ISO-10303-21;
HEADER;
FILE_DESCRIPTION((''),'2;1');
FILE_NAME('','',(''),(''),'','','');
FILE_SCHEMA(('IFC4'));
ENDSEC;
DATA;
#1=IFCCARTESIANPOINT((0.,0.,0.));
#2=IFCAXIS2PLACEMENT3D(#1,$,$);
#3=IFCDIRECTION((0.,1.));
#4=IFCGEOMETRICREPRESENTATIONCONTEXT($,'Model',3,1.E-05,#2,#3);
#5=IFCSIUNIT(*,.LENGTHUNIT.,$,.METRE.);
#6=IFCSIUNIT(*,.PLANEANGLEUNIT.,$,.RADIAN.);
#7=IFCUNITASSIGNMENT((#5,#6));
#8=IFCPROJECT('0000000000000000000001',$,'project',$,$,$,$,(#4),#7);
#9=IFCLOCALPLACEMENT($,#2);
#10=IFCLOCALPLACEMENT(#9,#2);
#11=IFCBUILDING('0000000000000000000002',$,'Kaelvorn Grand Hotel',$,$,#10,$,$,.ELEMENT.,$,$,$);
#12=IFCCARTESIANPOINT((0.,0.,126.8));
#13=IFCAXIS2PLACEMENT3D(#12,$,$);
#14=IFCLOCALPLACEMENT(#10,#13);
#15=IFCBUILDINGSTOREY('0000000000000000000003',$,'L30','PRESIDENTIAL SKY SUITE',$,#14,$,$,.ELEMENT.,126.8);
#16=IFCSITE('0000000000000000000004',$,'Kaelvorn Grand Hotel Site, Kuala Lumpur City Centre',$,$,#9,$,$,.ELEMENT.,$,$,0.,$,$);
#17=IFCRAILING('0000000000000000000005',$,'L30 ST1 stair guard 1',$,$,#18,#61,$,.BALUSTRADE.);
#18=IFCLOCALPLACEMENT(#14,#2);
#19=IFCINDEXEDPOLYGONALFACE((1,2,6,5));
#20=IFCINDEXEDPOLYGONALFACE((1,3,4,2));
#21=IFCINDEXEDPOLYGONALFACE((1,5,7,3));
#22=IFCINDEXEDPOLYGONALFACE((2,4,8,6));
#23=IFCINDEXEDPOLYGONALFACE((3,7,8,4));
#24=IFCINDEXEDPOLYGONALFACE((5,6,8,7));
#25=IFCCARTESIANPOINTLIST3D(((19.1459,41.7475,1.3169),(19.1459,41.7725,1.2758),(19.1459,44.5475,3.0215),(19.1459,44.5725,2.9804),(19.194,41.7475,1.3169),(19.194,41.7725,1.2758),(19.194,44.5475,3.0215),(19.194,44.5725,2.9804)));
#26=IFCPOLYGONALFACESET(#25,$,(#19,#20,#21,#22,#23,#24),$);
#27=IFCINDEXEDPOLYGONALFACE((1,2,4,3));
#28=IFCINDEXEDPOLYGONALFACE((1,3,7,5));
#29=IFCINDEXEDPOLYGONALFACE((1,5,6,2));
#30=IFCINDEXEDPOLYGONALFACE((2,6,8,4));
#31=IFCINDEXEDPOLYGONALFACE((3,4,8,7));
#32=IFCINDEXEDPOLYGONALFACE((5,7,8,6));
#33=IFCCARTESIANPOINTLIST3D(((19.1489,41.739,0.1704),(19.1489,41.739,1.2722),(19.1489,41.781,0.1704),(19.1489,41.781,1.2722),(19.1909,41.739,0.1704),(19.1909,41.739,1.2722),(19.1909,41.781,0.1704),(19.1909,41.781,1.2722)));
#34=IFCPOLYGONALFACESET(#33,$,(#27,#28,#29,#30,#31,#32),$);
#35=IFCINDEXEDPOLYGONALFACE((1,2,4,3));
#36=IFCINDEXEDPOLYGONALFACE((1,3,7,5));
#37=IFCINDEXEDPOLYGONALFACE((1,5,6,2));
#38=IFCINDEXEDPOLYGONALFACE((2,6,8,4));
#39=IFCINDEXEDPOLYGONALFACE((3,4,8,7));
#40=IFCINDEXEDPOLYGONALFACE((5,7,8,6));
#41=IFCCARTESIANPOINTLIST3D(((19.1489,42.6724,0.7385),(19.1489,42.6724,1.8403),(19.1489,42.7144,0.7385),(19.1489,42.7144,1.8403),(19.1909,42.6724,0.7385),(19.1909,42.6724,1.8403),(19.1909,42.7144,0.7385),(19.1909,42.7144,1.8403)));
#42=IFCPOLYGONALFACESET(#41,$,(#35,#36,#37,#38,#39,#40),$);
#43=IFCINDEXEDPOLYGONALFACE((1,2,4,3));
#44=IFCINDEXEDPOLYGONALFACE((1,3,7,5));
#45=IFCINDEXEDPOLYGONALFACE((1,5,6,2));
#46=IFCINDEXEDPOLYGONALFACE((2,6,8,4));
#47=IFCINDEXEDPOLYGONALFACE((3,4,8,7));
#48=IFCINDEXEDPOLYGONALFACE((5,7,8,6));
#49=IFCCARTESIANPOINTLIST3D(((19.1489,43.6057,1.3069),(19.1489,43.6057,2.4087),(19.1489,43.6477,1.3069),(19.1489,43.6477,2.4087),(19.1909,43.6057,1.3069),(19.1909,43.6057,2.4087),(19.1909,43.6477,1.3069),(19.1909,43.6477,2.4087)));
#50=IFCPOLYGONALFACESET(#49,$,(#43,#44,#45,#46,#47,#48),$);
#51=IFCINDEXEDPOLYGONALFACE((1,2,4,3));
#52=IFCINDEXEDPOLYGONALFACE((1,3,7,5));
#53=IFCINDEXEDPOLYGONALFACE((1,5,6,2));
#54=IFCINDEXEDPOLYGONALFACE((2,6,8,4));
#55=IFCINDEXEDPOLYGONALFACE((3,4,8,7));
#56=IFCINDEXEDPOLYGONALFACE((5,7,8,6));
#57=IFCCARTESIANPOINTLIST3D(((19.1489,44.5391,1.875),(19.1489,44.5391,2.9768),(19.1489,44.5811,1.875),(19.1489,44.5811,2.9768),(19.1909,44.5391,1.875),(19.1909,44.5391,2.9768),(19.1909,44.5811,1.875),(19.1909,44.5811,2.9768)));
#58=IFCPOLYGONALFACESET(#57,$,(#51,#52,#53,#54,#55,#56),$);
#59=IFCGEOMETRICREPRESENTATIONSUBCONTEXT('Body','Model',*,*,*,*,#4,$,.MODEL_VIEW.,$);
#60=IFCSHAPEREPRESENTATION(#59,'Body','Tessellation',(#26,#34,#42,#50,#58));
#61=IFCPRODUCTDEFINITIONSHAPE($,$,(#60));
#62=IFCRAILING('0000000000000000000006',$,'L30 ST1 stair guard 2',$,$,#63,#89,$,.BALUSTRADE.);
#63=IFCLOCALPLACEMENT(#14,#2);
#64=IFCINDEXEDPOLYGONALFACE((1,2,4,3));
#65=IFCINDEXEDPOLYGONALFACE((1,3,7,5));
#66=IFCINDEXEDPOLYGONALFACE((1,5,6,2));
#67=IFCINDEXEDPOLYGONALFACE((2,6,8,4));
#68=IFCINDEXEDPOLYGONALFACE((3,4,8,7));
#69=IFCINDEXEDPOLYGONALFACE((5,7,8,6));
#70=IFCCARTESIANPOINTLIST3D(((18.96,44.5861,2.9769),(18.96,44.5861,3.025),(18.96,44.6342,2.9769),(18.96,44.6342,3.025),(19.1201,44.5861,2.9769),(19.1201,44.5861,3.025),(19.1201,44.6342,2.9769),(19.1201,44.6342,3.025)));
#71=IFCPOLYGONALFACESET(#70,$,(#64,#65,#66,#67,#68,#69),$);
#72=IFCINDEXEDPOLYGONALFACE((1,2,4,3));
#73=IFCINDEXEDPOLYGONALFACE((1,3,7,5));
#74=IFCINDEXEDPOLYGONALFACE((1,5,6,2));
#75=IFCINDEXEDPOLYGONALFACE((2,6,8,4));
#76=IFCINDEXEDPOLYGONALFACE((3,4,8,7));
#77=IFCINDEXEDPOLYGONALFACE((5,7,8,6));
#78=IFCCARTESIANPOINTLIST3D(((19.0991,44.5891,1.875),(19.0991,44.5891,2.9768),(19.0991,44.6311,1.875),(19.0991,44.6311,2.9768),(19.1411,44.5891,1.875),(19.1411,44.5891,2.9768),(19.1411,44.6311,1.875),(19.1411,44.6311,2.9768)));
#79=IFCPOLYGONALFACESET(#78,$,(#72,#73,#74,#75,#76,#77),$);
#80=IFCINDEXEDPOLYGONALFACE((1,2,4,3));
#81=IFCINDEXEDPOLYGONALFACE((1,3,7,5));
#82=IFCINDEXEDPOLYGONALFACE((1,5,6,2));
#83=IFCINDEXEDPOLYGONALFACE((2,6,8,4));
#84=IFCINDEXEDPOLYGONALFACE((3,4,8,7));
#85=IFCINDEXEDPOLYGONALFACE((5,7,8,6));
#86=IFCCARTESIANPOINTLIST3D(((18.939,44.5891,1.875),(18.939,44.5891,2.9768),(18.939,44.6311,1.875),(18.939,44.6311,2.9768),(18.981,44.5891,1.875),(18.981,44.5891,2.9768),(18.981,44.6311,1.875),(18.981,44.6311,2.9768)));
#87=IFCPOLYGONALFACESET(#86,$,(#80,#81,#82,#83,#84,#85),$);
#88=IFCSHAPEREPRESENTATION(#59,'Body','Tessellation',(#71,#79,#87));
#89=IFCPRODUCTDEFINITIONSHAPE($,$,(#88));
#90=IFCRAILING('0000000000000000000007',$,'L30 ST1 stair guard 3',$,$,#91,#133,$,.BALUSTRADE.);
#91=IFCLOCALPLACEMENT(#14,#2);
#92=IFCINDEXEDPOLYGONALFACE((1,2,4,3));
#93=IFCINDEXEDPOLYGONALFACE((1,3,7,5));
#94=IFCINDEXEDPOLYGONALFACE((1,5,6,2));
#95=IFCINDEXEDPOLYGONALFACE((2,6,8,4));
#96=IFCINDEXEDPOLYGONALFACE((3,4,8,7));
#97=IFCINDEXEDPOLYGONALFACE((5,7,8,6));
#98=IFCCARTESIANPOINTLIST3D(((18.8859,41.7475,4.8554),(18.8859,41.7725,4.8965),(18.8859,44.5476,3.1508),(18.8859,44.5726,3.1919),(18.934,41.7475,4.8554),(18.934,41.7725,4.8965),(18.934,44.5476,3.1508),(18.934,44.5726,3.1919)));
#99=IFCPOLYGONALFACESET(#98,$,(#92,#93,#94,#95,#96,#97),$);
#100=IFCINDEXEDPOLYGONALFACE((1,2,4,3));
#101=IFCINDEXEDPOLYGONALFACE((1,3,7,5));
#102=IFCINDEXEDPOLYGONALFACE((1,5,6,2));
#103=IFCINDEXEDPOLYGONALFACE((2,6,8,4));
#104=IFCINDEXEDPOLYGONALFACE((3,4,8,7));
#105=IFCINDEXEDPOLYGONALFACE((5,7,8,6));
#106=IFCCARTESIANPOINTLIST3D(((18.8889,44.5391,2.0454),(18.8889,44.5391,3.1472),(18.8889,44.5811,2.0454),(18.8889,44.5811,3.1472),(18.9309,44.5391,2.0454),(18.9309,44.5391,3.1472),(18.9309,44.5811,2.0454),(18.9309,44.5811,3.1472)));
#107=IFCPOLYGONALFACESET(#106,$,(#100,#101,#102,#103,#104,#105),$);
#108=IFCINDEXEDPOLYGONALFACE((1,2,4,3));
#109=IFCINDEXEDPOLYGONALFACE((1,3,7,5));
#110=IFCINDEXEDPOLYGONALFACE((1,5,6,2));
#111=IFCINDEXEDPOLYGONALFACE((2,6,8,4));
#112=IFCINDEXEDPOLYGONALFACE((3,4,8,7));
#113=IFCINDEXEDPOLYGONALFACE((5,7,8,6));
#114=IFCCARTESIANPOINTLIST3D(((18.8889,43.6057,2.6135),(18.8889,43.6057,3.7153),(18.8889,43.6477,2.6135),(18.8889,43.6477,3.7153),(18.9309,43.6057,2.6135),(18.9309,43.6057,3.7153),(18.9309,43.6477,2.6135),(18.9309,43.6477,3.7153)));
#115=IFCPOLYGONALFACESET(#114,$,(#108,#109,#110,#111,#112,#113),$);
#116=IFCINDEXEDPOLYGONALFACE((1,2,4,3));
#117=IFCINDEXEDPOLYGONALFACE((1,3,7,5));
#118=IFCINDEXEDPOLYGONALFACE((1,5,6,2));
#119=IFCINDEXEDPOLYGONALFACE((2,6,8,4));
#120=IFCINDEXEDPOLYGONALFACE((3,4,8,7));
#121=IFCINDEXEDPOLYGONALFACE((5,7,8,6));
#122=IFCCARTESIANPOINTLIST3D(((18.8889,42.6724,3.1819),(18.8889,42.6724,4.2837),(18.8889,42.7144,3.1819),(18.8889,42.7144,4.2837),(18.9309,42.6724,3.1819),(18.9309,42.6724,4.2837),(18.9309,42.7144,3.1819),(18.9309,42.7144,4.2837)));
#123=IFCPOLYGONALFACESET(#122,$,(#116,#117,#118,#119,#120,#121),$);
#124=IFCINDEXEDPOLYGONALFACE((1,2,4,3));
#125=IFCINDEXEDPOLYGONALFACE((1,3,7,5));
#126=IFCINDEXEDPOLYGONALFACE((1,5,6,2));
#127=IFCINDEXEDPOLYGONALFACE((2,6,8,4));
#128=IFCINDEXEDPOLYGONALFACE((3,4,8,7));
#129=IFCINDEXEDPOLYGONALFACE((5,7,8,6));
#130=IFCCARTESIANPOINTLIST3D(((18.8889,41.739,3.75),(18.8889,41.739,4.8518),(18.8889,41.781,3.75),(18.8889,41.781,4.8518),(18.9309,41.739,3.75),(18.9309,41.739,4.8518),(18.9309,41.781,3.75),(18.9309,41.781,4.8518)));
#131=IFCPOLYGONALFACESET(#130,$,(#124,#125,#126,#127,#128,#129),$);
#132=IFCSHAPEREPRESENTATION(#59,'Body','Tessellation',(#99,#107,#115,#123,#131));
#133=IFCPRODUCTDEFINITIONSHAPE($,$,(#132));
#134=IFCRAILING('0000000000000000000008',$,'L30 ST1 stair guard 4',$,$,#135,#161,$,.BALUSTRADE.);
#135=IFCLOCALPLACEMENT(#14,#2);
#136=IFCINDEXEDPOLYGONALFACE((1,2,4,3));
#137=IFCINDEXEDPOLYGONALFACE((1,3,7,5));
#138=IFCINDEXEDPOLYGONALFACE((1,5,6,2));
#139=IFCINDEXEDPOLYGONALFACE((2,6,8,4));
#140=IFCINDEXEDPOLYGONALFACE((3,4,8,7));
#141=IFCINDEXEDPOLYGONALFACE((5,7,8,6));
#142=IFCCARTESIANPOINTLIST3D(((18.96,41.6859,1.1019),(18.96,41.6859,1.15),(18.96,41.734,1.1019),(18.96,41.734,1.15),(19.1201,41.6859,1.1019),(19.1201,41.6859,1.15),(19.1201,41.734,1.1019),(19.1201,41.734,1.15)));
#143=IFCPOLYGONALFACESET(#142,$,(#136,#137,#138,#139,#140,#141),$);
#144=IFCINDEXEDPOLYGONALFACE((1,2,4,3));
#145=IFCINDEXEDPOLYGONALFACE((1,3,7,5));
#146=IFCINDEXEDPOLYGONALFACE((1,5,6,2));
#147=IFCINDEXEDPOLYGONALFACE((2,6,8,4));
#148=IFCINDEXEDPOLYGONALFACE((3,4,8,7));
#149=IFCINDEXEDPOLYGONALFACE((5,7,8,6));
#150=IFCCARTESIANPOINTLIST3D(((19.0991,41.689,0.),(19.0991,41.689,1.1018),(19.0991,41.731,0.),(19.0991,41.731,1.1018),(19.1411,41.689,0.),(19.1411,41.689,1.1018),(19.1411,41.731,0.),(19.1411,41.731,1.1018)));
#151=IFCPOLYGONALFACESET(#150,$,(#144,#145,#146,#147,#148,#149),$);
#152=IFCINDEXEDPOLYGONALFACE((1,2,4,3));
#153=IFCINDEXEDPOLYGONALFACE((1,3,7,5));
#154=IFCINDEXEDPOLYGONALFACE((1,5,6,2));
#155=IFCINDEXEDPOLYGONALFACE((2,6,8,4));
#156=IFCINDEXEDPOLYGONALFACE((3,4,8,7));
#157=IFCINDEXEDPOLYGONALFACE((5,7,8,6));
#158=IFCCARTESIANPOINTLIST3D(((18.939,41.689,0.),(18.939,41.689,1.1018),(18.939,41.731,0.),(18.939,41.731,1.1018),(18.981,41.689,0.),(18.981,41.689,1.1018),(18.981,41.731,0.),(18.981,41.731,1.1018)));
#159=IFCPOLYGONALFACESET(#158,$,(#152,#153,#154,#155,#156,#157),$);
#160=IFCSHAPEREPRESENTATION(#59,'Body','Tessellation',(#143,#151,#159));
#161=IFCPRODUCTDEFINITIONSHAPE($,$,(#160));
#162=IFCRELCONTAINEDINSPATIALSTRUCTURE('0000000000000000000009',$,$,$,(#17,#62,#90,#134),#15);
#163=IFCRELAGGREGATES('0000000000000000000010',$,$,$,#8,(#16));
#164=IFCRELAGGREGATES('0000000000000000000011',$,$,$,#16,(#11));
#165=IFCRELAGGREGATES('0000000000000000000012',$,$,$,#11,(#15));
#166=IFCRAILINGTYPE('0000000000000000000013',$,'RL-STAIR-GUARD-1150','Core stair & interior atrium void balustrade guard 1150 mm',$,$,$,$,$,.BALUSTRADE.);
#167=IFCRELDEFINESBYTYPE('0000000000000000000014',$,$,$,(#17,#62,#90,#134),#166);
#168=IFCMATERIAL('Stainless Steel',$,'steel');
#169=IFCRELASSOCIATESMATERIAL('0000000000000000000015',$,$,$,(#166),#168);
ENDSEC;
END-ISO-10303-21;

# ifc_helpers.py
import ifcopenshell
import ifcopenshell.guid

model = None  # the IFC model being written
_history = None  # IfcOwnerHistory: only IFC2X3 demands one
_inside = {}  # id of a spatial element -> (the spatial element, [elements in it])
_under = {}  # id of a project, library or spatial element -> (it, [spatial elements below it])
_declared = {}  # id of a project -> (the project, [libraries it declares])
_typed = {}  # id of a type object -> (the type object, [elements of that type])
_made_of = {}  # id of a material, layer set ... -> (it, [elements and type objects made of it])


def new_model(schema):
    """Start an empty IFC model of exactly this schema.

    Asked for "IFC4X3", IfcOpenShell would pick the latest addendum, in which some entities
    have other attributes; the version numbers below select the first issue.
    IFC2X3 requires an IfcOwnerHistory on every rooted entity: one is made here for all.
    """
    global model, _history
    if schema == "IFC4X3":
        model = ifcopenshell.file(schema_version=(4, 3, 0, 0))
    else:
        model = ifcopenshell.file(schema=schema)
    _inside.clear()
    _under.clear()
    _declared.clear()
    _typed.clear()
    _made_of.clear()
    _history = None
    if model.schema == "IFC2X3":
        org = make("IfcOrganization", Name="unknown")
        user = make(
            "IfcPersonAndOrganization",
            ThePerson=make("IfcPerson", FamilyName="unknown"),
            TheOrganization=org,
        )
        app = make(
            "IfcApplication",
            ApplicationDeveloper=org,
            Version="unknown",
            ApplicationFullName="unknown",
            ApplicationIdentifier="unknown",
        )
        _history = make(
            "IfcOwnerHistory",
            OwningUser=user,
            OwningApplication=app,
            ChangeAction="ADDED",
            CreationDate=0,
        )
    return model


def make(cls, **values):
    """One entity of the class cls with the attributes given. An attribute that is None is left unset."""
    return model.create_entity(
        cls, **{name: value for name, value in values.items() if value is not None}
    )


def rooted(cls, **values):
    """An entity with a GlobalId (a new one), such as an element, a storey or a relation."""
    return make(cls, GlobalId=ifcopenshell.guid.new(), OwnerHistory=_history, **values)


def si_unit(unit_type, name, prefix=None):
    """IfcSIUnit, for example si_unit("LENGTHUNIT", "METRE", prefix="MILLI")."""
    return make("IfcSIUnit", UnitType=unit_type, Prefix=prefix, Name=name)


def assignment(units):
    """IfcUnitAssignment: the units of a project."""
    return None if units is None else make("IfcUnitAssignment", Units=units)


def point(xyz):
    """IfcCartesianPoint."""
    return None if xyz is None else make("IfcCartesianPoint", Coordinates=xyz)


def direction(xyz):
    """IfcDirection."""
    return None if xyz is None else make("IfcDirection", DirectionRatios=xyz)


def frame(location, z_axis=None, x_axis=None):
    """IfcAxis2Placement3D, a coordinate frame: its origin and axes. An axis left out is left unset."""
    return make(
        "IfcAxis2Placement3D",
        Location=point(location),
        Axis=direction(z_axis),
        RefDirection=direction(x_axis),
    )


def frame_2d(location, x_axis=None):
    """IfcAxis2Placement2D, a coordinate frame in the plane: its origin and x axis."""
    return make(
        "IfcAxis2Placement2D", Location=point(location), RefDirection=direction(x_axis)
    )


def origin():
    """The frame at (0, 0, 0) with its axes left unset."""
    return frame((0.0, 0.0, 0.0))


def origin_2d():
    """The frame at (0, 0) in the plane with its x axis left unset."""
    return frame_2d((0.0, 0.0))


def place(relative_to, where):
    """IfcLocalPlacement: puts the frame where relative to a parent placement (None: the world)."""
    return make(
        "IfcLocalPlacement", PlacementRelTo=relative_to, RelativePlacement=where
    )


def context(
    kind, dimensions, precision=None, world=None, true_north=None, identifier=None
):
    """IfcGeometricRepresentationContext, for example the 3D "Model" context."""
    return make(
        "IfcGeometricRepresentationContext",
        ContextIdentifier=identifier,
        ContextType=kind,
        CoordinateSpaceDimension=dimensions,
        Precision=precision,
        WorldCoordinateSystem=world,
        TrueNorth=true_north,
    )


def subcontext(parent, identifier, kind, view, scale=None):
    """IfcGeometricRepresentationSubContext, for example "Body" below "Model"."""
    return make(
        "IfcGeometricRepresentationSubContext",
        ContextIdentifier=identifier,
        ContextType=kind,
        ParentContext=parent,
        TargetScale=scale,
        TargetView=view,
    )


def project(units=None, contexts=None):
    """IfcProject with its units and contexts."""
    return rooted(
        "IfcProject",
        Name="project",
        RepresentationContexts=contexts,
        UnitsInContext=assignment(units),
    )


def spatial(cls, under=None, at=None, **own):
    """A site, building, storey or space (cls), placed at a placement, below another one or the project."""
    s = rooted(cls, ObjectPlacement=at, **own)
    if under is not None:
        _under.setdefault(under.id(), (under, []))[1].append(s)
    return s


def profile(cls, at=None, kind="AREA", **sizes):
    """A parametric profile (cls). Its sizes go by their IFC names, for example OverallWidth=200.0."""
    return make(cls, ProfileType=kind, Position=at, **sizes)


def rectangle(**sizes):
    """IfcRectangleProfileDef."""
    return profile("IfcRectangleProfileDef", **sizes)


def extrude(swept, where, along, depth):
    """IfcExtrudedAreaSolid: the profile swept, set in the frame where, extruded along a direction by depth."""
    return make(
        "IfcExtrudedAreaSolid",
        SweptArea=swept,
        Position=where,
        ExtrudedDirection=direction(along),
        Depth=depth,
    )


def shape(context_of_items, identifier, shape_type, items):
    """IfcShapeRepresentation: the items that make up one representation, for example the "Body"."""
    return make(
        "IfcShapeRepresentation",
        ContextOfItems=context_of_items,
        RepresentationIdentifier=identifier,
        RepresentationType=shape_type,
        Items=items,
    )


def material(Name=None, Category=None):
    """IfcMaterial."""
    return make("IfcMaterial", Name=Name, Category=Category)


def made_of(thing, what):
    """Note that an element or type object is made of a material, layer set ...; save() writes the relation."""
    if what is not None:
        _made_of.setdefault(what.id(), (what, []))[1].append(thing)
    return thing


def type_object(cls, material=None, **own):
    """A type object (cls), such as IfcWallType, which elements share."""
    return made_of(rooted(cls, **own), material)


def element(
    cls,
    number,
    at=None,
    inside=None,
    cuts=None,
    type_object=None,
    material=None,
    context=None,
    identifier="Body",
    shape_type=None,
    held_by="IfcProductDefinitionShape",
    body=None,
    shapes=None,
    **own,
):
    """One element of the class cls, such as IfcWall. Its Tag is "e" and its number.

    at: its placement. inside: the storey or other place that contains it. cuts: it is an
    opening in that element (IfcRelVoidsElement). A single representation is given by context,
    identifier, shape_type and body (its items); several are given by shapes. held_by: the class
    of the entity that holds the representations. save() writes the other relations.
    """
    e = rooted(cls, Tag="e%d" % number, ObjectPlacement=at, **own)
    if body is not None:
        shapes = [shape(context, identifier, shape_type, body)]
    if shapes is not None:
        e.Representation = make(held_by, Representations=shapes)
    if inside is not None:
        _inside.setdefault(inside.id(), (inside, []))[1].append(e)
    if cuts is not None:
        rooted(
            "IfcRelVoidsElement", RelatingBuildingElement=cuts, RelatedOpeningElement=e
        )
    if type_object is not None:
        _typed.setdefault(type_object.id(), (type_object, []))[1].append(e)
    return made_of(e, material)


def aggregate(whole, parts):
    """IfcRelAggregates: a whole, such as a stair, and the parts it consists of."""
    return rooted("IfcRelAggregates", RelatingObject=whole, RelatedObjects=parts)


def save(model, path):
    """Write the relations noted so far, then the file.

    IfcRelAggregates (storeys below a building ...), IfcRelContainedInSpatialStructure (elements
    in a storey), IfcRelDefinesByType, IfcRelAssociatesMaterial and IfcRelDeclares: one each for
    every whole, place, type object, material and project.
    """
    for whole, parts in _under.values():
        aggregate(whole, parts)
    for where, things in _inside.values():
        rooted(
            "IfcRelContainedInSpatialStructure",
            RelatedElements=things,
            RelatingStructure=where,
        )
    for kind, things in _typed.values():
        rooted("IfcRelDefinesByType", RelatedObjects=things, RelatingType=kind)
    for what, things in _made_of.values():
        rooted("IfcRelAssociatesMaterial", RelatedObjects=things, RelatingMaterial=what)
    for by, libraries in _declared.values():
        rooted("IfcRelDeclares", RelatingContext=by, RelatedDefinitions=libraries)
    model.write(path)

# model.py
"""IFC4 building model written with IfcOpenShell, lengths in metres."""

from ifc_helpers import new_model, si_unit, direction, frame, origin, origin_2d, place, context, subcontext, project, spatial, rectangle, extrude, material, type_object, element, save


model = new_model("IFC4")

# Units and contexts
model_context = context("Model", 3, precision=1e-05, world=origin(), true_north=direction((0.0, 1.0)))
body_context = subcontext(model_context, "Body", "Model", "MODEL_VIEW")
ifc_project = project(units=[si_unit("LENGTHUNIT", "METRE"), si_unit("PLANEANGLEUNIT", "RADIAN")], contexts=[model_context])

# Site, building, storey
site_placement = place(None, origin())
site = spatial("IfcSite", under=ifc_project, at=site_placement, Name="Kaelvorn Grand Hotel Site, Kuala Lumpur City Centre", CompositionType="ELEMENT", RefElevation=0.0)
building_placement = place(site_placement, origin())
building = spatial("IfcBuilding", under=site, at=building_placement, Name="Kaelvorn Grand Hotel", CompositionType="ELEMENT")
storey_placement = place(building_placement, frame((0.0, 0.0, 126.8)))
storey = spatial("IfcBuildingStorey", under=building, at=storey_placement, Name="L30", Description="PRESIDENTIAL SKY SUITE", CompositionType="ELEMENT", Elevation=126.8)

# Shared definitions
ifc_material_1 = material(Name="Stainless Steel", Category="steel")

# Railings
railing_type_1 = type_object("IfcRailingType", Name="RL-STAIR-GUARD-1150", Description="Core stair & interior atrium void balustrade guard 1150 mm", PredefinedType="BALUSTRADE", material=ifc_material_1)
railing_1_placement = place(storey_placement, frame((19.1699, 41.76, 0.1704)))
element("IfcRailing", 1, at=railing_1_placement, inside=storey, type_object=railing_type_1, Name="L30 ST1 stair guard 1", PredefinedType="BALUSTRADE", context=body_context, shape_type="SweptSolid", body=[
    extrude(rectangle(XDim=0.0481, YDim=0.0481, at=origin_2d()), frame((0.0, 0.0, 1.126), z_axis=(0.0, 0.85417, 0.519994), x_axis=(-1.0, 0.0, 0.0)), (0.0, 0.0, 1.0), 3.2781),
    extrude(rectangle(XDim=0.042, YDim=0.042, at=origin_2d()), origin(), (0.0, 0.0, 1.0), 1.1018),
    extrude(rectangle(XDim=0.042, YDim=0.042, at=origin_2d()), frame((0.0, 0.9333, 0.5681)), (0.0, 0.0, 1.0), 1.1018),
    extrude(rectangle(XDim=0.042, YDim=0.042, at=origin_2d()), frame((0.0, 1.8667, 1.1365)), (0.0, 0.0, 1.0), 1.1018),
    extrude(rectangle(XDim=0.042, YDim=0.042, at=origin_2d()), frame((0.0, 2.8, 1.7046)), (0.0, 0.0, 1.0), 1.1018),
])
railing_2_placement = place(storey_placement, frame((19.1201, 44.6101, 1.875)))
element("IfcRailing", 2, at=railing_2_placement, inside=storey, type_object=railing_type_1, Name="L30 ST1 stair guard 2", PredefinedType="BALUSTRADE", context=body_context, shape_type="SweptSolid", body=[
    extrude(rectangle(XDim=0.0481, YDim=0.0481, at=origin_2d()), frame((0.0, 0.0, 1.126), z_axis=(-1.0, 0.0, 0.0), x_axis=(0.0, -1.0, 0.0)), (0.0, 0.0, 1.0), 0.1602),
    extrude(rectangle(XDim=0.042, YDim=0.042, at=origin_2d()), origin(), (0.0, 0.0, 1.0), 1.1018),
    extrude(rectangle(XDim=0.042, YDim=0.042, at=origin_2d()), frame((-0.1602, 0.0, 0.0)), (0.0, 0.0, 1.0), 1.1018),
])
railing_3_placement = place(storey_placement, frame((18.9099, 44.5601, 2.0454)))
element("IfcRailing", 3, at=railing_3_placement, inside=storey, type_object=railing_type_1, Name="L30 ST1 stair guard 3", PredefinedType="BALUSTRADE", context=body_context, shape_type="SweptSolid", body=[
    extrude(rectangle(XDim=0.0481, YDim=0.0481, at=origin_2d()), frame((0.0, 0.0, 1.126), z_axis=(0.0, -0.85417, 0.519994), x_axis=(1.0, 0.0, 0.0)), (0.0, 0.0, 1.0), 3.2781),
    extrude(rectangle(XDim=0.042, YDim=0.042, at=origin_2d()), origin(), (0.0, 0.0, 1.0), 1.1018),
    extrude(rectangle(XDim=0.042, YDim=0.042, at=origin_2d()), frame((0.0, -0.9333, 0.5681)), (0.0, 0.0, 1.0), 1.1018),
    extrude(rectangle(XDim=0.042, YDim=0.042, at=origin_2d()), frame((0.0, -1.8667, 1.1365)), (0.0, 0.0, 1.0), 1.1018),
    extrude(rectangle(XDim=0.042, YDim=0.042, at=origin_2d()), frame((0.0, -2.8, 1.7046)), (0.0, 0.0, 1.0), 1.1018),
])
railing_4_placement = place(storey_placement, frame((19.1201, 41.71, 0.0)))
element("IfcRailing", 4, at=railing_4_placement, inside=storey, type_object=railing_type_1, Name="L30 ST1 stair guard 4", PredefinedType="BALUSTRADE", context=body_context, shape_type="SweptSolid", body=[
    extrude(rectangle(XDim=0.0481, YDim=0.0481, at=origin_2d()), frame((0.0, 0.0, 1.126), z_axis=(-1.0, 0.0, 0.0), x_axis=(0.0, -1.0, 0.0)), (0.0, 0.0, 1.0), 0.1602),
    extrude(rectangle(XDim=0.042, YDim=0.042, at=origin_2d()), origin(), (0.0, 0.0, 1.0), 1.1018),
    extrude(rectangle(XDim=0.042, YDim=0.042, at=origin_2d()), frame((-0.1602, 0.0, 0.0)), (0.0, 0.0, 1.0), 1.1018),
])

save(model, "model.ifc")
